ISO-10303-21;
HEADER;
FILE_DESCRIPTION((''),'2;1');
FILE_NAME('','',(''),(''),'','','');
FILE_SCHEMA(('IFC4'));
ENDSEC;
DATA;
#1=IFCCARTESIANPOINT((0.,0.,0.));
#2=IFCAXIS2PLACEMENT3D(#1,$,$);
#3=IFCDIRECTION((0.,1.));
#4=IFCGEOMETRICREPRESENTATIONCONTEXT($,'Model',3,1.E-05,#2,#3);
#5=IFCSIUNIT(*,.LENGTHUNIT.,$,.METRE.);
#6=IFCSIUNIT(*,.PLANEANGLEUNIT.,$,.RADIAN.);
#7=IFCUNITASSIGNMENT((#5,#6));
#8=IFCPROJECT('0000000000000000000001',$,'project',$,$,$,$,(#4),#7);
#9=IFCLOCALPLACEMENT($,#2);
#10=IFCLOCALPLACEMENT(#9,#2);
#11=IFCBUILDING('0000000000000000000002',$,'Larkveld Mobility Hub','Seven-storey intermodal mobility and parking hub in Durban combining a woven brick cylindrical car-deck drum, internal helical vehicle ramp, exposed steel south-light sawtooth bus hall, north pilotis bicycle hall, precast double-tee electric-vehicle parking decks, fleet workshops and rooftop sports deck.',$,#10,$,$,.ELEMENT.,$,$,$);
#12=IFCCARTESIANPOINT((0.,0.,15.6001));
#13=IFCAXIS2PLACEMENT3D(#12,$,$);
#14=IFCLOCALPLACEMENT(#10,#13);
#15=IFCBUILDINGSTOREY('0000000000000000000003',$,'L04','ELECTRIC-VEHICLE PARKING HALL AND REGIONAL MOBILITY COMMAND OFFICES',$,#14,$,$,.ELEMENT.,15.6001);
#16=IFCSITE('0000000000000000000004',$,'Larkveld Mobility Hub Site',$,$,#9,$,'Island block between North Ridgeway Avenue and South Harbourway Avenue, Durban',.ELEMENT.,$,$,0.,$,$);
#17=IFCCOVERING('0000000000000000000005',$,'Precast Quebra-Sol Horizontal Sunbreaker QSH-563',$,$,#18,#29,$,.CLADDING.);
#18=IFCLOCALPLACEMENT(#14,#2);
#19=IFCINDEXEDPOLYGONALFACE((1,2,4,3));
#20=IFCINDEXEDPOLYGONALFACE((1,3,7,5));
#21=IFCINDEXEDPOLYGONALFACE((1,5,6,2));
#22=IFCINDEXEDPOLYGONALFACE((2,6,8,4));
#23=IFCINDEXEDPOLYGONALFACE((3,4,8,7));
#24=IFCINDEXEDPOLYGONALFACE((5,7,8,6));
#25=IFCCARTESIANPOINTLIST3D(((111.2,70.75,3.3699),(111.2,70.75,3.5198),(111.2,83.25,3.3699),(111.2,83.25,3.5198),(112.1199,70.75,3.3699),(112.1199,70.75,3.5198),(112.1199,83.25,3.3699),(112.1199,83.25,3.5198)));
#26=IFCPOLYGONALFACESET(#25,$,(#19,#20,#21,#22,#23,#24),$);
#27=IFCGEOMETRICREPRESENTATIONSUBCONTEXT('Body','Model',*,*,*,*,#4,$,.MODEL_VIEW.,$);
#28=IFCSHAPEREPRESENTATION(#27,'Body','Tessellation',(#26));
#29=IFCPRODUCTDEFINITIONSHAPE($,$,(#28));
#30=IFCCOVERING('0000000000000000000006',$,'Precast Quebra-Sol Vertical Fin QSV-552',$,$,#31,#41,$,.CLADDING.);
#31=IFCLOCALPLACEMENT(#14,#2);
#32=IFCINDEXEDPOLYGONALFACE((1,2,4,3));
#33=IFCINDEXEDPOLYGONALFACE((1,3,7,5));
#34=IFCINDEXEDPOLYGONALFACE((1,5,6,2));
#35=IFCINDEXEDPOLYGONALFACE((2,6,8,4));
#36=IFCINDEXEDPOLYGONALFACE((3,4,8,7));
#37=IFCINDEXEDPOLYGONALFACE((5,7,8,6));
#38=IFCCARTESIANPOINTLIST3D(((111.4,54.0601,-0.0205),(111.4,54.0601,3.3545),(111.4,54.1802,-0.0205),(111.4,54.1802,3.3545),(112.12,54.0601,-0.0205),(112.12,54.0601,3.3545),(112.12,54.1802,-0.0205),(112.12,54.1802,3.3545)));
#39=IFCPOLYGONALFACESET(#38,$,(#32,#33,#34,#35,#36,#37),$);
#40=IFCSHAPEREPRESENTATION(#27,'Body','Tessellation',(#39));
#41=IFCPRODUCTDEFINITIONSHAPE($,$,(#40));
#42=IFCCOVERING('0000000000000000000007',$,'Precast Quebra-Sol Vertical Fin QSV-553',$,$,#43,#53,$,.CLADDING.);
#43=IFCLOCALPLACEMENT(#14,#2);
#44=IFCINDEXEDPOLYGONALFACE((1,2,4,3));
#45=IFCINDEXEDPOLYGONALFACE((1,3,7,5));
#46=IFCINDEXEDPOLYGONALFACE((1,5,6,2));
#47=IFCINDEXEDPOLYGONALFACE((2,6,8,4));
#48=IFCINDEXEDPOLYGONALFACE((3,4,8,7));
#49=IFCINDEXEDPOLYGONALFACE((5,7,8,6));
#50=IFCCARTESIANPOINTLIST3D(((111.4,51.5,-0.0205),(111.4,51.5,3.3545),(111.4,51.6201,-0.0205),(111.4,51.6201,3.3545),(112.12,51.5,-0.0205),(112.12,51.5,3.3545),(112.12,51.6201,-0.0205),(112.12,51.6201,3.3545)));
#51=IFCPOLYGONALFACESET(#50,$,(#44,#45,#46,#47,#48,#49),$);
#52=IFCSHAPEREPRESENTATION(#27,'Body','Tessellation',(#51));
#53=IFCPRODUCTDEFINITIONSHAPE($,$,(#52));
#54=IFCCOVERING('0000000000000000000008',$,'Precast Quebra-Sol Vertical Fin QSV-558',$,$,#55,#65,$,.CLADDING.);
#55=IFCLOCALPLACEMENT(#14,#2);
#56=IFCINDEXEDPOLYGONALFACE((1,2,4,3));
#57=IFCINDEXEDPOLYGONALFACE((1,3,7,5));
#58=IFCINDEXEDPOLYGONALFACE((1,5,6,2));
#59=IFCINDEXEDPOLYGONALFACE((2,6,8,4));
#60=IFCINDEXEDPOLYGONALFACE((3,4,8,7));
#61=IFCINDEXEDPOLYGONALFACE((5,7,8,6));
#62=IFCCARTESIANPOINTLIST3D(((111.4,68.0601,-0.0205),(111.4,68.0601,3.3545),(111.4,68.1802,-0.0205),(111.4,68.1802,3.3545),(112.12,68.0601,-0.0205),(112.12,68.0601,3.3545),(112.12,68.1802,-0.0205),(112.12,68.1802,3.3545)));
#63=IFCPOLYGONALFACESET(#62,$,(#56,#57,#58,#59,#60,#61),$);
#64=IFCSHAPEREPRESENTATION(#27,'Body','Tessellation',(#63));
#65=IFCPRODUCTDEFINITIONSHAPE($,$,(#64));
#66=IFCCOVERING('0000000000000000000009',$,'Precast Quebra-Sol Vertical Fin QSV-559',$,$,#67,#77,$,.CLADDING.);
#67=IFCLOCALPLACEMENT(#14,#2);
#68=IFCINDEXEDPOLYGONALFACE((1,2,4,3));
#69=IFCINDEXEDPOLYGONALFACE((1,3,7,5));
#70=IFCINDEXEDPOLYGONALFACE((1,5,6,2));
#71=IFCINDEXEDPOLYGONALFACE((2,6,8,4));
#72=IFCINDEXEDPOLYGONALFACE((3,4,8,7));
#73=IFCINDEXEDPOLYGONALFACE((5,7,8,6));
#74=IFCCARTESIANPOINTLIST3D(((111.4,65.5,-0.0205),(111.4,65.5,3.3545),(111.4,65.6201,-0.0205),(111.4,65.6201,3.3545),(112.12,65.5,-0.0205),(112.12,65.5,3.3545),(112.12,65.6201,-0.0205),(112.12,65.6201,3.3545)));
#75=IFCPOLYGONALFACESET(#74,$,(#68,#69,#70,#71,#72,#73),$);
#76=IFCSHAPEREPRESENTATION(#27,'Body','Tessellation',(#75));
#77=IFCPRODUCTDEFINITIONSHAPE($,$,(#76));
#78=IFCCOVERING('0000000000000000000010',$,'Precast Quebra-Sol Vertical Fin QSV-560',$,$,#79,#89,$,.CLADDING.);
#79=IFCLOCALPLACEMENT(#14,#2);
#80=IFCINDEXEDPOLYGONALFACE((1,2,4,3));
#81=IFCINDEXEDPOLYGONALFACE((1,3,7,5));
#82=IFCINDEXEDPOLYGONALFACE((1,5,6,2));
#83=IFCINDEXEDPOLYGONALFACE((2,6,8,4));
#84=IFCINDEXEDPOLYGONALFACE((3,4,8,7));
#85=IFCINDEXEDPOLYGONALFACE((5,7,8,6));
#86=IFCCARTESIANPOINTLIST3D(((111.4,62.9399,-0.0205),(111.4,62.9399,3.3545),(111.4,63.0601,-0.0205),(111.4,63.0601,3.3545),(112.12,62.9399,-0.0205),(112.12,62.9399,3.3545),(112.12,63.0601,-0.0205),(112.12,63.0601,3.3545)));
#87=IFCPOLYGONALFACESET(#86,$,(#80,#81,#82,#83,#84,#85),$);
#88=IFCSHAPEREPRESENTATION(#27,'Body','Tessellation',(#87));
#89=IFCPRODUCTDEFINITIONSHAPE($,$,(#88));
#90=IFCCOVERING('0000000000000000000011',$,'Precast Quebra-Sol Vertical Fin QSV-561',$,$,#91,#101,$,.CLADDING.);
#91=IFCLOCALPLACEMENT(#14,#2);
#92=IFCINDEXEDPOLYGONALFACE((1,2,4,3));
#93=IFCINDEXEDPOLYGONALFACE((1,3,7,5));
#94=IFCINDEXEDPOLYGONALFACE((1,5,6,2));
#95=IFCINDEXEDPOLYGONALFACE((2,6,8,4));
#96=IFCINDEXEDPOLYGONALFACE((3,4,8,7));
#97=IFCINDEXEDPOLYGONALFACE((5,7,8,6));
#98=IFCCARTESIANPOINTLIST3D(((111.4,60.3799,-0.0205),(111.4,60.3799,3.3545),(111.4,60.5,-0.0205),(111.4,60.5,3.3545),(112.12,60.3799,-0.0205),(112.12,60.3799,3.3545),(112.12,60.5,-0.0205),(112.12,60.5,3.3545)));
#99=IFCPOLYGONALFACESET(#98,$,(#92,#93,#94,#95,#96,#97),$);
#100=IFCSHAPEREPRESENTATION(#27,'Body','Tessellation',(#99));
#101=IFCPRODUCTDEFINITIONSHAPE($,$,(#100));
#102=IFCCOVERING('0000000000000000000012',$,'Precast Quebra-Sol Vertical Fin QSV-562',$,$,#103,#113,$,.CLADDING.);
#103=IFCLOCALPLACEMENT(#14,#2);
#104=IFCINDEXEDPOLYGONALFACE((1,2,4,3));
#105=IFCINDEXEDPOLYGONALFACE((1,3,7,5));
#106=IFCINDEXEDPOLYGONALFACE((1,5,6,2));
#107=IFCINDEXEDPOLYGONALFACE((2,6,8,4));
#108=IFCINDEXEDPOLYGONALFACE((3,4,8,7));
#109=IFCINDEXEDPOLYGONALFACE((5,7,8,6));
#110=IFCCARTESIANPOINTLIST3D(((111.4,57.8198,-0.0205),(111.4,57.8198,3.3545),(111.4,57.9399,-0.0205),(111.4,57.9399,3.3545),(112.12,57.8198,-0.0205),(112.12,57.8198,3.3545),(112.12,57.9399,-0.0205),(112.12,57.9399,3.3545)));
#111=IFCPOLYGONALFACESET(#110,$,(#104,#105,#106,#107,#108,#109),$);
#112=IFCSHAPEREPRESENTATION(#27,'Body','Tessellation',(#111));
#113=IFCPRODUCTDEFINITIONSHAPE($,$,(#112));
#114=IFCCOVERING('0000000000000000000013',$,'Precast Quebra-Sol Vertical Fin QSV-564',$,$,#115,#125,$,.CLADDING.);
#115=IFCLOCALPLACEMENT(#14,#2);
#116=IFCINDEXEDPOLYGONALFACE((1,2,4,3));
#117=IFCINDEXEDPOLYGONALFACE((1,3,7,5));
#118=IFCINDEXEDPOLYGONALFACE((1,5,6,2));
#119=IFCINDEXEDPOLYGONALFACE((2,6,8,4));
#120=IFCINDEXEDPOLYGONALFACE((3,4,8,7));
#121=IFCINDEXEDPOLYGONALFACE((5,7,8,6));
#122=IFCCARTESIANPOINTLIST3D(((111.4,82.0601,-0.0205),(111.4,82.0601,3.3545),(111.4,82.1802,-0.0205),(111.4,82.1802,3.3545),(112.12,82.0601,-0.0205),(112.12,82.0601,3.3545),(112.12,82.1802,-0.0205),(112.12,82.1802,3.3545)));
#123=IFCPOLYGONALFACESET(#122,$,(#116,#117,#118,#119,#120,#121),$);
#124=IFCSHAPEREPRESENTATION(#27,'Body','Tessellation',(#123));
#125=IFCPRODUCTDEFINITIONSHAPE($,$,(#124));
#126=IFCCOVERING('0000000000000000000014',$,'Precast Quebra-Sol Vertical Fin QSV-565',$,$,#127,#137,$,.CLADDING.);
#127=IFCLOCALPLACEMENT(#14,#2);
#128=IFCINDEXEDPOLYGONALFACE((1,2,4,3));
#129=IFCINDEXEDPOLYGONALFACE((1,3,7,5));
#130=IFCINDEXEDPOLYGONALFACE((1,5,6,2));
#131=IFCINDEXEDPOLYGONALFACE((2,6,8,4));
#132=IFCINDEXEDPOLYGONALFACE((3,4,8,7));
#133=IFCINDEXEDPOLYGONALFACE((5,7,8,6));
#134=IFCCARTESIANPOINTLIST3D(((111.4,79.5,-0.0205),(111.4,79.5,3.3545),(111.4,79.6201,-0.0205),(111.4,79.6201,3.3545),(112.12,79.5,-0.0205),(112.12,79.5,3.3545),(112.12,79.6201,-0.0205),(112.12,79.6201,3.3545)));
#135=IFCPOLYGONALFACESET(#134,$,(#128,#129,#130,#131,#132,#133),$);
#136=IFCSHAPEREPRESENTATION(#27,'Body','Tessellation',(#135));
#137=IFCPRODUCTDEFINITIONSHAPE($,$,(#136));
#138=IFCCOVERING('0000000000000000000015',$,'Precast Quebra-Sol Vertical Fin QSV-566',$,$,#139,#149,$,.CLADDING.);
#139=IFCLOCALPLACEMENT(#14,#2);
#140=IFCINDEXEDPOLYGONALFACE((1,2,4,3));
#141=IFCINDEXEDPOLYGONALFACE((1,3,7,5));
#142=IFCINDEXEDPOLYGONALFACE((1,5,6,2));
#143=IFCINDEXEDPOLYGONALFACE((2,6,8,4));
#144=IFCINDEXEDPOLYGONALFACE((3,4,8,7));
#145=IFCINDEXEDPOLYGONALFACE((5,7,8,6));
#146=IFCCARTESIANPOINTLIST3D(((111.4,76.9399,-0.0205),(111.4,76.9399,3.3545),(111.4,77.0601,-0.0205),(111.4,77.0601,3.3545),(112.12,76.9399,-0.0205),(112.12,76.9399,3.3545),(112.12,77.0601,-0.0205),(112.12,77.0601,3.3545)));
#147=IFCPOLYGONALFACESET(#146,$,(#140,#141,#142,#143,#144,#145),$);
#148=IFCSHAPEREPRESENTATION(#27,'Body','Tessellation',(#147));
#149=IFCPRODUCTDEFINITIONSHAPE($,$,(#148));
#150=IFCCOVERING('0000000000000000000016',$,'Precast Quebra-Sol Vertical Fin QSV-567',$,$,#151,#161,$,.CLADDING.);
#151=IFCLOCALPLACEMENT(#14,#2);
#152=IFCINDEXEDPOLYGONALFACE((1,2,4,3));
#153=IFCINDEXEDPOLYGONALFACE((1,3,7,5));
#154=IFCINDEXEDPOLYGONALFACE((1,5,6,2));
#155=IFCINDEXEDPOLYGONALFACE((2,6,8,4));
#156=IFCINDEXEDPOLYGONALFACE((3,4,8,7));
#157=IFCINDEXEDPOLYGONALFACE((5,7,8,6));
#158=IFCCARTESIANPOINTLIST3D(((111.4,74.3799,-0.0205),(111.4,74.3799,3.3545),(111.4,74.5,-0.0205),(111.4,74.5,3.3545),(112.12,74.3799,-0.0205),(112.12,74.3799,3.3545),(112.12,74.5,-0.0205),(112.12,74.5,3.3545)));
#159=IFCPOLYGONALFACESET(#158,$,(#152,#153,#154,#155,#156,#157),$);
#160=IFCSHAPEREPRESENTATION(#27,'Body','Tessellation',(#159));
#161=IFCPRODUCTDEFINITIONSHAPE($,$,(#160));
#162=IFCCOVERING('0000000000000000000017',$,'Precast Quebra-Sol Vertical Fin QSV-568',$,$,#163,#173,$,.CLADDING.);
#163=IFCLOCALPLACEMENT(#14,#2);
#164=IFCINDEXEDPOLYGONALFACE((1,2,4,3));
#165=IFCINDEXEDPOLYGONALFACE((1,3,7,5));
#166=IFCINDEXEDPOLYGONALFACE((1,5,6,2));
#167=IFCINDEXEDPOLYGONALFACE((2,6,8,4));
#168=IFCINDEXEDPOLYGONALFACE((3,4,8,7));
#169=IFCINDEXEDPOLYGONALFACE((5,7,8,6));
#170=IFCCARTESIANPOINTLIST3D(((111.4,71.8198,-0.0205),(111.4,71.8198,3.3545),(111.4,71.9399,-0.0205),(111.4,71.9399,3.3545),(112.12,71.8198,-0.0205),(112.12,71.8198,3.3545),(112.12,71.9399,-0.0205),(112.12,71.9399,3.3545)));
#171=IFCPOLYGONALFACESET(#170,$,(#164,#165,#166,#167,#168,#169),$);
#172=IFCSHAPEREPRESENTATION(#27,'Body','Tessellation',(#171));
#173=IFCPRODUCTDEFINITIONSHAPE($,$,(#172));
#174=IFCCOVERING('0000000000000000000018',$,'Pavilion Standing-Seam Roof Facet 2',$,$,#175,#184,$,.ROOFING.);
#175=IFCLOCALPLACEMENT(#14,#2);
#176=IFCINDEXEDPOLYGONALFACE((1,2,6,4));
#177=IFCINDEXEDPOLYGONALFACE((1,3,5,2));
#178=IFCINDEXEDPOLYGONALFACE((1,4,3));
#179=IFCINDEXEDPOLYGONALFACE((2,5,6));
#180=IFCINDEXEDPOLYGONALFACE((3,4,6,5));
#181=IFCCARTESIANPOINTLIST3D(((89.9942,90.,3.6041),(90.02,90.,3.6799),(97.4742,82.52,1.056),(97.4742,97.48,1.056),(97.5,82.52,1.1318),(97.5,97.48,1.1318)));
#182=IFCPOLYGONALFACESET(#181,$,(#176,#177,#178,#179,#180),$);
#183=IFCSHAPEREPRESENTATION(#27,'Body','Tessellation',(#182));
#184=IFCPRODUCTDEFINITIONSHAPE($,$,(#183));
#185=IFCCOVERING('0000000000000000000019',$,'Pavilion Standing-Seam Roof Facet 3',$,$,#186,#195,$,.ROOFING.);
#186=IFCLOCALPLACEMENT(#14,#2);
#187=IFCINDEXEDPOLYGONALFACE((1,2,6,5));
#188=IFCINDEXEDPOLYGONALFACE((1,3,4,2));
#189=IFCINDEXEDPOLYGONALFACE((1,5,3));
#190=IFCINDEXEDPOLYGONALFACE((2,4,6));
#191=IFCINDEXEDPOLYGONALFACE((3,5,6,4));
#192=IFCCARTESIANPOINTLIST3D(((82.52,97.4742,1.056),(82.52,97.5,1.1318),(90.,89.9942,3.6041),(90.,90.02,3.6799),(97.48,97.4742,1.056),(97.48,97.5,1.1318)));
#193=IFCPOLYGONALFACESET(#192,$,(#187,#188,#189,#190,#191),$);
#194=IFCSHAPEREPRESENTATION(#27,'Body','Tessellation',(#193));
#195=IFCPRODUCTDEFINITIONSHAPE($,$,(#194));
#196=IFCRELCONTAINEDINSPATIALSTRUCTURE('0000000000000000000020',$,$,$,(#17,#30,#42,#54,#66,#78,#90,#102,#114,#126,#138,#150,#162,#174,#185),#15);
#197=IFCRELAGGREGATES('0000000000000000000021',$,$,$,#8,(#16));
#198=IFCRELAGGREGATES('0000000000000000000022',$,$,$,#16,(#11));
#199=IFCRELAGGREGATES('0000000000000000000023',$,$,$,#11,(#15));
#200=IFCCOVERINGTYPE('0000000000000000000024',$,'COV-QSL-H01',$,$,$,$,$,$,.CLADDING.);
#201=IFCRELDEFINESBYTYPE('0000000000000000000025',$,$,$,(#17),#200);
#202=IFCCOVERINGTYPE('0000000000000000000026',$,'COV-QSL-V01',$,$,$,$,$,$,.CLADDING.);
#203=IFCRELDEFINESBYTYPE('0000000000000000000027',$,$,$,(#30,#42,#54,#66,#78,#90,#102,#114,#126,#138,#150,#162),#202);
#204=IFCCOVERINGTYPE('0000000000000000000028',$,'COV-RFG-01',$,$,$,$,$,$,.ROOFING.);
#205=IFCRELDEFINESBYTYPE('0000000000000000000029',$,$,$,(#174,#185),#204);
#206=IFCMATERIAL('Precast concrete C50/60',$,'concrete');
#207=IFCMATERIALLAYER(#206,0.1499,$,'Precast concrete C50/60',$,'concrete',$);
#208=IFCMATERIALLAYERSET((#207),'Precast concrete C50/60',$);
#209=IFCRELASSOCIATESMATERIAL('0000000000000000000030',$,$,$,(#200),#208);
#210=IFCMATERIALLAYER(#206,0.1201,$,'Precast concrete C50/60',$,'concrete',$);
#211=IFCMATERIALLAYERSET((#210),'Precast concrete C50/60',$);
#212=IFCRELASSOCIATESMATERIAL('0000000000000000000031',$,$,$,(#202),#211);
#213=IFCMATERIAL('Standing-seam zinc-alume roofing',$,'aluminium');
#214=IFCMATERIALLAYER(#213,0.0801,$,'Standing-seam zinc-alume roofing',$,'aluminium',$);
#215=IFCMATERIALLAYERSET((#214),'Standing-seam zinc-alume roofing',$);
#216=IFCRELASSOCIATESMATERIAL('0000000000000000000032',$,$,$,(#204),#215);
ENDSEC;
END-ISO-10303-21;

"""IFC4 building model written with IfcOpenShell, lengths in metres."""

from ifc_helpers import new_model, si_unit, direction, frame, origin, origin_2d, place, context, subcontext, project, spatial, polyline, rectangle, outline, extrude, material, layer, layer_set, type_object, element, save


model = new_model("IFC4")

# Units and contexts
model_context = context("Model", 3, precision=1e-05, world=origin(), true_north=direction((0.0, 1.0)))
body_context = subcontext(model_context, "Body", "Model", "MODEL_VIEW")
ifc_project = project(units=[si_unit("LENGTHUNIT", "METRE"), si_unit("PLANEANGLEUNIT", "RADIAN")], contexts=[model_context])

# Site, building, storey
site_placement = place(None, origin())
site = spatial("IfcSite", under=ifc_project, at=site_placement, Name="Larkveld Mobility Hub Site", LongName="Island block between North Ridgeway Avenue and South Harbourway Avenue, Durban", CompositionType="ELEMENT", RefElevation=0.0)
building_placement = place(site_placement, origin())
building = spatial("IfcBuilding", under=site, at=building_placement, Name="Larkveld Mobility Hub", Description="Seven-storey intermodal mobility and parking hub in Durban combining a woven brick cylindrical car-deck drum, internal helical vehicle ramp, exposed steel south-light sawtooth bus hall, north pilotis bicycle hall, precast double-tee electric-vehicle parking decks, fleet workshops and rooftop sports deck.", CompositionType="ELEMENT")
storey_placement = place(building_placement, frame((0.0, 0.0, 15.6001)))
storey = spatial("IfcBuildingStorey", under=building, at=storey_placement, Name="L04", Description="ELECTRIC-VEHICLE PARKING HALL AND REGIONAL MOBILITY COMMAND OFFICES", CompositionType="ELEMENT", Elevation=15.6001)

# Shared definitions
ifc_material_1 = material(Name="Precast concrete C50/60", Category="concrete")

# Coverings
ifc_layer_1 = layer(ifc_material_1, 0.1499, Name="Precast concrete C50/60", Category="concrete")
ifc_layer_set_1 = layer_set([ifc_layer_1], Name="Precast concrete C50/60")
covering_type_1 = type_object("IfcCoveringType", Name="COV-QSL-H01", PredefinedType="CLADDING", material=ifc_layer_set_1)
for number, where, z_axis, x_axis, name in (
    (1, (111.6599, 77.0, 3.3699), (0.0, 0.0, 1.0), (0.0, -1.0, 0.0), "Precast Quebra-Sol Horizontal Sunbreaker QSH-563"),
):
    element("IfcCovering", number, at=place(storey_placement, frame(where, z_axis=z_axis, x_axis=x_axis)), inside=storey, type_object=covering_type_1, Name=name, PredefinedType="CLADDING", context=body_context, shape_type="SweptSolid", body=[
        extrude(rectangle(XDim=12.5, YDim=0.9199, at=origin_2d()), origin(), (0.0, 0.0, 1.0), 0.1499),
    ])
ifc_layer_2 = layer(ifc_material_1, 0.1201, Name="Precast concrete C50/60", Category="concrete")
ifc_layer_set_2 = layer_set([ifc_layer_2], Name="Precast concrete C50/60")
covering_type_2 = type_object("IfcCoveringType", Name="COV-QSL-V01", PredefinedType="CLADDING", material=ifc_layer_set_2)
for number, where, z_axis, x_axis, name in (
    (2, (111.76, 54.1201, -0.0205), (0.0, 0.0, 1.0), (0.0, -1.0, 0.0), "Precast Quebra-Sol Vertical Fin QSV-552"),
    (3, (111.76, 51.5601, -0.0205), (0.0, 0.0, 1.0), (0.0, -1.0, 0.0), "Precast Quebra-Sol Vertical Fin QSV-553"),
    (4, (111.76, 68.1201, -0.0205), (0.0, 0.0, 1.0), (0.0, -1.0, 0.0), "Precast Quebra-Sol Vertical Fin QSV-558"),
    (5, (111.76, 65.5601, -0.0205), (0.0, 0.0, 1.0), (0.0, -1.0, 0.0), "Precast Quebra-Sol Vertical Fin QSV-559"),
    (6, (111.76, 63.0, -0.0205), (0.0, 0.0, 1.0), (0.0, -1.0, 0.0), "Precast Quebra-Sol Vertical Fin QSV-560"),
    (7, (111.76, 60.4399, -0.0205), (0.0, 0.0, 1.0), (0.0, -1.0, 0.0), "Precast Quebra-Sol Vertical Fin QSV-561"),
    (8, (111.76, 57.8799, -0.0205), (0.0, 0.0, 1.0), (0.0, -1.0, 0.0), "Precast Quebra-Sol Vertical Fin QSV-562"),
    (9, (111.76, 82.1201, -0.0205), (0.0, 0.0, 1.0), (0.0, -1.0, 0.0), "Precast Quebra-Sol Vertical Fin QSV-564"),
    (10, (111.76, 79.5601, -0.0205), (0.0, 0.0, 1.0), (0.0, -1.0, 0.0), "Precast Quebra-Sol Vertical Fin QSV-565"),
    (11, (111.76, 77.0, -0.0205), (0.0, 0.0, 1.0), (0.0, -1.0, 0.0), "Precast Quebra-Sol Vertical Fin QSV-566"),
    (12, (111.76, 74.4399, -0.0205), (0.0, 0.0, 1.0), (0.0, -1.0, 0.0), "Precast Quebra-Sol Vertical Fin QSV-567"),
    (13, (111.76, 71.8799, -0.0205), (0.0, 0.0, 1.0), (0.0, -1.0, 0.0), "Precast Quebra-Sol Vertical Fin QSV-568"),
):
    element("IfcCovering", number, at=place(storey_placement, frame(where, z_axis=z_axis, x_axis=x_axis)), inside=storey, type_object=covering_type_2, Name=name, PredefinedType="CLADDING", context=body_context, shape_type="SweptSolid", body=[
        extrude(rectangle(XDim=0.1201, YDim=0.72, at=origin_2d()), origin(), (0.0, 0.0, 1.0), 3.375),
    ])
ifc_material_2 = material(Name="Standing-seam zinc-alume roofing", Category="aluminium")
ifc_layer_3 = layer(ifc_material_2, 0.0801, Name="Standing-seam zinc-alume roofing", Category="aluminium")
ifc_layer_set_3 = layer_set([ifc_layer_3], Name="Standing-seam zinc-alume roofing")
covering_type_3 = type_object("IfcCoveringType", Name="COV-RFG-01", PredefinedType="ROOFING", material=ifc_layer_set_3)
for number, where, z_axis, x_axis, name in (
    (14, (97.5, 82.52, 1.1318), (0.322459, 0.0, 0.946584), (0.0, 1.0, 0.0), "Pavilion Standing-Seam Roof Facet 2"),
    (15, (97.48, 97.5, 1.1318), (0.0, 0.322459, 0.946584), (-1.0, 0.0, 0.0), "Pavilion Standing-Seam Roof Facet 3"),
):
    element("IfcCovering", number, at=place(storey_placement, frame(where, z_axis=z_axis, x_axis=x_axis)), inside=storey, type_object=covering_type_3, Name=name, PredefinedType="ROOFING", context=body_context, shape_type="SweptSolid", body=[
        extrude(outline(polyline([(0.0, 0.0), (14.96, 0.0), (7.48, 7.9021), (0.0, 0.0)])), origin(), (0.0, 0.0, -1.0), 0.0801),
    ])

save(model, "model.ifc")
